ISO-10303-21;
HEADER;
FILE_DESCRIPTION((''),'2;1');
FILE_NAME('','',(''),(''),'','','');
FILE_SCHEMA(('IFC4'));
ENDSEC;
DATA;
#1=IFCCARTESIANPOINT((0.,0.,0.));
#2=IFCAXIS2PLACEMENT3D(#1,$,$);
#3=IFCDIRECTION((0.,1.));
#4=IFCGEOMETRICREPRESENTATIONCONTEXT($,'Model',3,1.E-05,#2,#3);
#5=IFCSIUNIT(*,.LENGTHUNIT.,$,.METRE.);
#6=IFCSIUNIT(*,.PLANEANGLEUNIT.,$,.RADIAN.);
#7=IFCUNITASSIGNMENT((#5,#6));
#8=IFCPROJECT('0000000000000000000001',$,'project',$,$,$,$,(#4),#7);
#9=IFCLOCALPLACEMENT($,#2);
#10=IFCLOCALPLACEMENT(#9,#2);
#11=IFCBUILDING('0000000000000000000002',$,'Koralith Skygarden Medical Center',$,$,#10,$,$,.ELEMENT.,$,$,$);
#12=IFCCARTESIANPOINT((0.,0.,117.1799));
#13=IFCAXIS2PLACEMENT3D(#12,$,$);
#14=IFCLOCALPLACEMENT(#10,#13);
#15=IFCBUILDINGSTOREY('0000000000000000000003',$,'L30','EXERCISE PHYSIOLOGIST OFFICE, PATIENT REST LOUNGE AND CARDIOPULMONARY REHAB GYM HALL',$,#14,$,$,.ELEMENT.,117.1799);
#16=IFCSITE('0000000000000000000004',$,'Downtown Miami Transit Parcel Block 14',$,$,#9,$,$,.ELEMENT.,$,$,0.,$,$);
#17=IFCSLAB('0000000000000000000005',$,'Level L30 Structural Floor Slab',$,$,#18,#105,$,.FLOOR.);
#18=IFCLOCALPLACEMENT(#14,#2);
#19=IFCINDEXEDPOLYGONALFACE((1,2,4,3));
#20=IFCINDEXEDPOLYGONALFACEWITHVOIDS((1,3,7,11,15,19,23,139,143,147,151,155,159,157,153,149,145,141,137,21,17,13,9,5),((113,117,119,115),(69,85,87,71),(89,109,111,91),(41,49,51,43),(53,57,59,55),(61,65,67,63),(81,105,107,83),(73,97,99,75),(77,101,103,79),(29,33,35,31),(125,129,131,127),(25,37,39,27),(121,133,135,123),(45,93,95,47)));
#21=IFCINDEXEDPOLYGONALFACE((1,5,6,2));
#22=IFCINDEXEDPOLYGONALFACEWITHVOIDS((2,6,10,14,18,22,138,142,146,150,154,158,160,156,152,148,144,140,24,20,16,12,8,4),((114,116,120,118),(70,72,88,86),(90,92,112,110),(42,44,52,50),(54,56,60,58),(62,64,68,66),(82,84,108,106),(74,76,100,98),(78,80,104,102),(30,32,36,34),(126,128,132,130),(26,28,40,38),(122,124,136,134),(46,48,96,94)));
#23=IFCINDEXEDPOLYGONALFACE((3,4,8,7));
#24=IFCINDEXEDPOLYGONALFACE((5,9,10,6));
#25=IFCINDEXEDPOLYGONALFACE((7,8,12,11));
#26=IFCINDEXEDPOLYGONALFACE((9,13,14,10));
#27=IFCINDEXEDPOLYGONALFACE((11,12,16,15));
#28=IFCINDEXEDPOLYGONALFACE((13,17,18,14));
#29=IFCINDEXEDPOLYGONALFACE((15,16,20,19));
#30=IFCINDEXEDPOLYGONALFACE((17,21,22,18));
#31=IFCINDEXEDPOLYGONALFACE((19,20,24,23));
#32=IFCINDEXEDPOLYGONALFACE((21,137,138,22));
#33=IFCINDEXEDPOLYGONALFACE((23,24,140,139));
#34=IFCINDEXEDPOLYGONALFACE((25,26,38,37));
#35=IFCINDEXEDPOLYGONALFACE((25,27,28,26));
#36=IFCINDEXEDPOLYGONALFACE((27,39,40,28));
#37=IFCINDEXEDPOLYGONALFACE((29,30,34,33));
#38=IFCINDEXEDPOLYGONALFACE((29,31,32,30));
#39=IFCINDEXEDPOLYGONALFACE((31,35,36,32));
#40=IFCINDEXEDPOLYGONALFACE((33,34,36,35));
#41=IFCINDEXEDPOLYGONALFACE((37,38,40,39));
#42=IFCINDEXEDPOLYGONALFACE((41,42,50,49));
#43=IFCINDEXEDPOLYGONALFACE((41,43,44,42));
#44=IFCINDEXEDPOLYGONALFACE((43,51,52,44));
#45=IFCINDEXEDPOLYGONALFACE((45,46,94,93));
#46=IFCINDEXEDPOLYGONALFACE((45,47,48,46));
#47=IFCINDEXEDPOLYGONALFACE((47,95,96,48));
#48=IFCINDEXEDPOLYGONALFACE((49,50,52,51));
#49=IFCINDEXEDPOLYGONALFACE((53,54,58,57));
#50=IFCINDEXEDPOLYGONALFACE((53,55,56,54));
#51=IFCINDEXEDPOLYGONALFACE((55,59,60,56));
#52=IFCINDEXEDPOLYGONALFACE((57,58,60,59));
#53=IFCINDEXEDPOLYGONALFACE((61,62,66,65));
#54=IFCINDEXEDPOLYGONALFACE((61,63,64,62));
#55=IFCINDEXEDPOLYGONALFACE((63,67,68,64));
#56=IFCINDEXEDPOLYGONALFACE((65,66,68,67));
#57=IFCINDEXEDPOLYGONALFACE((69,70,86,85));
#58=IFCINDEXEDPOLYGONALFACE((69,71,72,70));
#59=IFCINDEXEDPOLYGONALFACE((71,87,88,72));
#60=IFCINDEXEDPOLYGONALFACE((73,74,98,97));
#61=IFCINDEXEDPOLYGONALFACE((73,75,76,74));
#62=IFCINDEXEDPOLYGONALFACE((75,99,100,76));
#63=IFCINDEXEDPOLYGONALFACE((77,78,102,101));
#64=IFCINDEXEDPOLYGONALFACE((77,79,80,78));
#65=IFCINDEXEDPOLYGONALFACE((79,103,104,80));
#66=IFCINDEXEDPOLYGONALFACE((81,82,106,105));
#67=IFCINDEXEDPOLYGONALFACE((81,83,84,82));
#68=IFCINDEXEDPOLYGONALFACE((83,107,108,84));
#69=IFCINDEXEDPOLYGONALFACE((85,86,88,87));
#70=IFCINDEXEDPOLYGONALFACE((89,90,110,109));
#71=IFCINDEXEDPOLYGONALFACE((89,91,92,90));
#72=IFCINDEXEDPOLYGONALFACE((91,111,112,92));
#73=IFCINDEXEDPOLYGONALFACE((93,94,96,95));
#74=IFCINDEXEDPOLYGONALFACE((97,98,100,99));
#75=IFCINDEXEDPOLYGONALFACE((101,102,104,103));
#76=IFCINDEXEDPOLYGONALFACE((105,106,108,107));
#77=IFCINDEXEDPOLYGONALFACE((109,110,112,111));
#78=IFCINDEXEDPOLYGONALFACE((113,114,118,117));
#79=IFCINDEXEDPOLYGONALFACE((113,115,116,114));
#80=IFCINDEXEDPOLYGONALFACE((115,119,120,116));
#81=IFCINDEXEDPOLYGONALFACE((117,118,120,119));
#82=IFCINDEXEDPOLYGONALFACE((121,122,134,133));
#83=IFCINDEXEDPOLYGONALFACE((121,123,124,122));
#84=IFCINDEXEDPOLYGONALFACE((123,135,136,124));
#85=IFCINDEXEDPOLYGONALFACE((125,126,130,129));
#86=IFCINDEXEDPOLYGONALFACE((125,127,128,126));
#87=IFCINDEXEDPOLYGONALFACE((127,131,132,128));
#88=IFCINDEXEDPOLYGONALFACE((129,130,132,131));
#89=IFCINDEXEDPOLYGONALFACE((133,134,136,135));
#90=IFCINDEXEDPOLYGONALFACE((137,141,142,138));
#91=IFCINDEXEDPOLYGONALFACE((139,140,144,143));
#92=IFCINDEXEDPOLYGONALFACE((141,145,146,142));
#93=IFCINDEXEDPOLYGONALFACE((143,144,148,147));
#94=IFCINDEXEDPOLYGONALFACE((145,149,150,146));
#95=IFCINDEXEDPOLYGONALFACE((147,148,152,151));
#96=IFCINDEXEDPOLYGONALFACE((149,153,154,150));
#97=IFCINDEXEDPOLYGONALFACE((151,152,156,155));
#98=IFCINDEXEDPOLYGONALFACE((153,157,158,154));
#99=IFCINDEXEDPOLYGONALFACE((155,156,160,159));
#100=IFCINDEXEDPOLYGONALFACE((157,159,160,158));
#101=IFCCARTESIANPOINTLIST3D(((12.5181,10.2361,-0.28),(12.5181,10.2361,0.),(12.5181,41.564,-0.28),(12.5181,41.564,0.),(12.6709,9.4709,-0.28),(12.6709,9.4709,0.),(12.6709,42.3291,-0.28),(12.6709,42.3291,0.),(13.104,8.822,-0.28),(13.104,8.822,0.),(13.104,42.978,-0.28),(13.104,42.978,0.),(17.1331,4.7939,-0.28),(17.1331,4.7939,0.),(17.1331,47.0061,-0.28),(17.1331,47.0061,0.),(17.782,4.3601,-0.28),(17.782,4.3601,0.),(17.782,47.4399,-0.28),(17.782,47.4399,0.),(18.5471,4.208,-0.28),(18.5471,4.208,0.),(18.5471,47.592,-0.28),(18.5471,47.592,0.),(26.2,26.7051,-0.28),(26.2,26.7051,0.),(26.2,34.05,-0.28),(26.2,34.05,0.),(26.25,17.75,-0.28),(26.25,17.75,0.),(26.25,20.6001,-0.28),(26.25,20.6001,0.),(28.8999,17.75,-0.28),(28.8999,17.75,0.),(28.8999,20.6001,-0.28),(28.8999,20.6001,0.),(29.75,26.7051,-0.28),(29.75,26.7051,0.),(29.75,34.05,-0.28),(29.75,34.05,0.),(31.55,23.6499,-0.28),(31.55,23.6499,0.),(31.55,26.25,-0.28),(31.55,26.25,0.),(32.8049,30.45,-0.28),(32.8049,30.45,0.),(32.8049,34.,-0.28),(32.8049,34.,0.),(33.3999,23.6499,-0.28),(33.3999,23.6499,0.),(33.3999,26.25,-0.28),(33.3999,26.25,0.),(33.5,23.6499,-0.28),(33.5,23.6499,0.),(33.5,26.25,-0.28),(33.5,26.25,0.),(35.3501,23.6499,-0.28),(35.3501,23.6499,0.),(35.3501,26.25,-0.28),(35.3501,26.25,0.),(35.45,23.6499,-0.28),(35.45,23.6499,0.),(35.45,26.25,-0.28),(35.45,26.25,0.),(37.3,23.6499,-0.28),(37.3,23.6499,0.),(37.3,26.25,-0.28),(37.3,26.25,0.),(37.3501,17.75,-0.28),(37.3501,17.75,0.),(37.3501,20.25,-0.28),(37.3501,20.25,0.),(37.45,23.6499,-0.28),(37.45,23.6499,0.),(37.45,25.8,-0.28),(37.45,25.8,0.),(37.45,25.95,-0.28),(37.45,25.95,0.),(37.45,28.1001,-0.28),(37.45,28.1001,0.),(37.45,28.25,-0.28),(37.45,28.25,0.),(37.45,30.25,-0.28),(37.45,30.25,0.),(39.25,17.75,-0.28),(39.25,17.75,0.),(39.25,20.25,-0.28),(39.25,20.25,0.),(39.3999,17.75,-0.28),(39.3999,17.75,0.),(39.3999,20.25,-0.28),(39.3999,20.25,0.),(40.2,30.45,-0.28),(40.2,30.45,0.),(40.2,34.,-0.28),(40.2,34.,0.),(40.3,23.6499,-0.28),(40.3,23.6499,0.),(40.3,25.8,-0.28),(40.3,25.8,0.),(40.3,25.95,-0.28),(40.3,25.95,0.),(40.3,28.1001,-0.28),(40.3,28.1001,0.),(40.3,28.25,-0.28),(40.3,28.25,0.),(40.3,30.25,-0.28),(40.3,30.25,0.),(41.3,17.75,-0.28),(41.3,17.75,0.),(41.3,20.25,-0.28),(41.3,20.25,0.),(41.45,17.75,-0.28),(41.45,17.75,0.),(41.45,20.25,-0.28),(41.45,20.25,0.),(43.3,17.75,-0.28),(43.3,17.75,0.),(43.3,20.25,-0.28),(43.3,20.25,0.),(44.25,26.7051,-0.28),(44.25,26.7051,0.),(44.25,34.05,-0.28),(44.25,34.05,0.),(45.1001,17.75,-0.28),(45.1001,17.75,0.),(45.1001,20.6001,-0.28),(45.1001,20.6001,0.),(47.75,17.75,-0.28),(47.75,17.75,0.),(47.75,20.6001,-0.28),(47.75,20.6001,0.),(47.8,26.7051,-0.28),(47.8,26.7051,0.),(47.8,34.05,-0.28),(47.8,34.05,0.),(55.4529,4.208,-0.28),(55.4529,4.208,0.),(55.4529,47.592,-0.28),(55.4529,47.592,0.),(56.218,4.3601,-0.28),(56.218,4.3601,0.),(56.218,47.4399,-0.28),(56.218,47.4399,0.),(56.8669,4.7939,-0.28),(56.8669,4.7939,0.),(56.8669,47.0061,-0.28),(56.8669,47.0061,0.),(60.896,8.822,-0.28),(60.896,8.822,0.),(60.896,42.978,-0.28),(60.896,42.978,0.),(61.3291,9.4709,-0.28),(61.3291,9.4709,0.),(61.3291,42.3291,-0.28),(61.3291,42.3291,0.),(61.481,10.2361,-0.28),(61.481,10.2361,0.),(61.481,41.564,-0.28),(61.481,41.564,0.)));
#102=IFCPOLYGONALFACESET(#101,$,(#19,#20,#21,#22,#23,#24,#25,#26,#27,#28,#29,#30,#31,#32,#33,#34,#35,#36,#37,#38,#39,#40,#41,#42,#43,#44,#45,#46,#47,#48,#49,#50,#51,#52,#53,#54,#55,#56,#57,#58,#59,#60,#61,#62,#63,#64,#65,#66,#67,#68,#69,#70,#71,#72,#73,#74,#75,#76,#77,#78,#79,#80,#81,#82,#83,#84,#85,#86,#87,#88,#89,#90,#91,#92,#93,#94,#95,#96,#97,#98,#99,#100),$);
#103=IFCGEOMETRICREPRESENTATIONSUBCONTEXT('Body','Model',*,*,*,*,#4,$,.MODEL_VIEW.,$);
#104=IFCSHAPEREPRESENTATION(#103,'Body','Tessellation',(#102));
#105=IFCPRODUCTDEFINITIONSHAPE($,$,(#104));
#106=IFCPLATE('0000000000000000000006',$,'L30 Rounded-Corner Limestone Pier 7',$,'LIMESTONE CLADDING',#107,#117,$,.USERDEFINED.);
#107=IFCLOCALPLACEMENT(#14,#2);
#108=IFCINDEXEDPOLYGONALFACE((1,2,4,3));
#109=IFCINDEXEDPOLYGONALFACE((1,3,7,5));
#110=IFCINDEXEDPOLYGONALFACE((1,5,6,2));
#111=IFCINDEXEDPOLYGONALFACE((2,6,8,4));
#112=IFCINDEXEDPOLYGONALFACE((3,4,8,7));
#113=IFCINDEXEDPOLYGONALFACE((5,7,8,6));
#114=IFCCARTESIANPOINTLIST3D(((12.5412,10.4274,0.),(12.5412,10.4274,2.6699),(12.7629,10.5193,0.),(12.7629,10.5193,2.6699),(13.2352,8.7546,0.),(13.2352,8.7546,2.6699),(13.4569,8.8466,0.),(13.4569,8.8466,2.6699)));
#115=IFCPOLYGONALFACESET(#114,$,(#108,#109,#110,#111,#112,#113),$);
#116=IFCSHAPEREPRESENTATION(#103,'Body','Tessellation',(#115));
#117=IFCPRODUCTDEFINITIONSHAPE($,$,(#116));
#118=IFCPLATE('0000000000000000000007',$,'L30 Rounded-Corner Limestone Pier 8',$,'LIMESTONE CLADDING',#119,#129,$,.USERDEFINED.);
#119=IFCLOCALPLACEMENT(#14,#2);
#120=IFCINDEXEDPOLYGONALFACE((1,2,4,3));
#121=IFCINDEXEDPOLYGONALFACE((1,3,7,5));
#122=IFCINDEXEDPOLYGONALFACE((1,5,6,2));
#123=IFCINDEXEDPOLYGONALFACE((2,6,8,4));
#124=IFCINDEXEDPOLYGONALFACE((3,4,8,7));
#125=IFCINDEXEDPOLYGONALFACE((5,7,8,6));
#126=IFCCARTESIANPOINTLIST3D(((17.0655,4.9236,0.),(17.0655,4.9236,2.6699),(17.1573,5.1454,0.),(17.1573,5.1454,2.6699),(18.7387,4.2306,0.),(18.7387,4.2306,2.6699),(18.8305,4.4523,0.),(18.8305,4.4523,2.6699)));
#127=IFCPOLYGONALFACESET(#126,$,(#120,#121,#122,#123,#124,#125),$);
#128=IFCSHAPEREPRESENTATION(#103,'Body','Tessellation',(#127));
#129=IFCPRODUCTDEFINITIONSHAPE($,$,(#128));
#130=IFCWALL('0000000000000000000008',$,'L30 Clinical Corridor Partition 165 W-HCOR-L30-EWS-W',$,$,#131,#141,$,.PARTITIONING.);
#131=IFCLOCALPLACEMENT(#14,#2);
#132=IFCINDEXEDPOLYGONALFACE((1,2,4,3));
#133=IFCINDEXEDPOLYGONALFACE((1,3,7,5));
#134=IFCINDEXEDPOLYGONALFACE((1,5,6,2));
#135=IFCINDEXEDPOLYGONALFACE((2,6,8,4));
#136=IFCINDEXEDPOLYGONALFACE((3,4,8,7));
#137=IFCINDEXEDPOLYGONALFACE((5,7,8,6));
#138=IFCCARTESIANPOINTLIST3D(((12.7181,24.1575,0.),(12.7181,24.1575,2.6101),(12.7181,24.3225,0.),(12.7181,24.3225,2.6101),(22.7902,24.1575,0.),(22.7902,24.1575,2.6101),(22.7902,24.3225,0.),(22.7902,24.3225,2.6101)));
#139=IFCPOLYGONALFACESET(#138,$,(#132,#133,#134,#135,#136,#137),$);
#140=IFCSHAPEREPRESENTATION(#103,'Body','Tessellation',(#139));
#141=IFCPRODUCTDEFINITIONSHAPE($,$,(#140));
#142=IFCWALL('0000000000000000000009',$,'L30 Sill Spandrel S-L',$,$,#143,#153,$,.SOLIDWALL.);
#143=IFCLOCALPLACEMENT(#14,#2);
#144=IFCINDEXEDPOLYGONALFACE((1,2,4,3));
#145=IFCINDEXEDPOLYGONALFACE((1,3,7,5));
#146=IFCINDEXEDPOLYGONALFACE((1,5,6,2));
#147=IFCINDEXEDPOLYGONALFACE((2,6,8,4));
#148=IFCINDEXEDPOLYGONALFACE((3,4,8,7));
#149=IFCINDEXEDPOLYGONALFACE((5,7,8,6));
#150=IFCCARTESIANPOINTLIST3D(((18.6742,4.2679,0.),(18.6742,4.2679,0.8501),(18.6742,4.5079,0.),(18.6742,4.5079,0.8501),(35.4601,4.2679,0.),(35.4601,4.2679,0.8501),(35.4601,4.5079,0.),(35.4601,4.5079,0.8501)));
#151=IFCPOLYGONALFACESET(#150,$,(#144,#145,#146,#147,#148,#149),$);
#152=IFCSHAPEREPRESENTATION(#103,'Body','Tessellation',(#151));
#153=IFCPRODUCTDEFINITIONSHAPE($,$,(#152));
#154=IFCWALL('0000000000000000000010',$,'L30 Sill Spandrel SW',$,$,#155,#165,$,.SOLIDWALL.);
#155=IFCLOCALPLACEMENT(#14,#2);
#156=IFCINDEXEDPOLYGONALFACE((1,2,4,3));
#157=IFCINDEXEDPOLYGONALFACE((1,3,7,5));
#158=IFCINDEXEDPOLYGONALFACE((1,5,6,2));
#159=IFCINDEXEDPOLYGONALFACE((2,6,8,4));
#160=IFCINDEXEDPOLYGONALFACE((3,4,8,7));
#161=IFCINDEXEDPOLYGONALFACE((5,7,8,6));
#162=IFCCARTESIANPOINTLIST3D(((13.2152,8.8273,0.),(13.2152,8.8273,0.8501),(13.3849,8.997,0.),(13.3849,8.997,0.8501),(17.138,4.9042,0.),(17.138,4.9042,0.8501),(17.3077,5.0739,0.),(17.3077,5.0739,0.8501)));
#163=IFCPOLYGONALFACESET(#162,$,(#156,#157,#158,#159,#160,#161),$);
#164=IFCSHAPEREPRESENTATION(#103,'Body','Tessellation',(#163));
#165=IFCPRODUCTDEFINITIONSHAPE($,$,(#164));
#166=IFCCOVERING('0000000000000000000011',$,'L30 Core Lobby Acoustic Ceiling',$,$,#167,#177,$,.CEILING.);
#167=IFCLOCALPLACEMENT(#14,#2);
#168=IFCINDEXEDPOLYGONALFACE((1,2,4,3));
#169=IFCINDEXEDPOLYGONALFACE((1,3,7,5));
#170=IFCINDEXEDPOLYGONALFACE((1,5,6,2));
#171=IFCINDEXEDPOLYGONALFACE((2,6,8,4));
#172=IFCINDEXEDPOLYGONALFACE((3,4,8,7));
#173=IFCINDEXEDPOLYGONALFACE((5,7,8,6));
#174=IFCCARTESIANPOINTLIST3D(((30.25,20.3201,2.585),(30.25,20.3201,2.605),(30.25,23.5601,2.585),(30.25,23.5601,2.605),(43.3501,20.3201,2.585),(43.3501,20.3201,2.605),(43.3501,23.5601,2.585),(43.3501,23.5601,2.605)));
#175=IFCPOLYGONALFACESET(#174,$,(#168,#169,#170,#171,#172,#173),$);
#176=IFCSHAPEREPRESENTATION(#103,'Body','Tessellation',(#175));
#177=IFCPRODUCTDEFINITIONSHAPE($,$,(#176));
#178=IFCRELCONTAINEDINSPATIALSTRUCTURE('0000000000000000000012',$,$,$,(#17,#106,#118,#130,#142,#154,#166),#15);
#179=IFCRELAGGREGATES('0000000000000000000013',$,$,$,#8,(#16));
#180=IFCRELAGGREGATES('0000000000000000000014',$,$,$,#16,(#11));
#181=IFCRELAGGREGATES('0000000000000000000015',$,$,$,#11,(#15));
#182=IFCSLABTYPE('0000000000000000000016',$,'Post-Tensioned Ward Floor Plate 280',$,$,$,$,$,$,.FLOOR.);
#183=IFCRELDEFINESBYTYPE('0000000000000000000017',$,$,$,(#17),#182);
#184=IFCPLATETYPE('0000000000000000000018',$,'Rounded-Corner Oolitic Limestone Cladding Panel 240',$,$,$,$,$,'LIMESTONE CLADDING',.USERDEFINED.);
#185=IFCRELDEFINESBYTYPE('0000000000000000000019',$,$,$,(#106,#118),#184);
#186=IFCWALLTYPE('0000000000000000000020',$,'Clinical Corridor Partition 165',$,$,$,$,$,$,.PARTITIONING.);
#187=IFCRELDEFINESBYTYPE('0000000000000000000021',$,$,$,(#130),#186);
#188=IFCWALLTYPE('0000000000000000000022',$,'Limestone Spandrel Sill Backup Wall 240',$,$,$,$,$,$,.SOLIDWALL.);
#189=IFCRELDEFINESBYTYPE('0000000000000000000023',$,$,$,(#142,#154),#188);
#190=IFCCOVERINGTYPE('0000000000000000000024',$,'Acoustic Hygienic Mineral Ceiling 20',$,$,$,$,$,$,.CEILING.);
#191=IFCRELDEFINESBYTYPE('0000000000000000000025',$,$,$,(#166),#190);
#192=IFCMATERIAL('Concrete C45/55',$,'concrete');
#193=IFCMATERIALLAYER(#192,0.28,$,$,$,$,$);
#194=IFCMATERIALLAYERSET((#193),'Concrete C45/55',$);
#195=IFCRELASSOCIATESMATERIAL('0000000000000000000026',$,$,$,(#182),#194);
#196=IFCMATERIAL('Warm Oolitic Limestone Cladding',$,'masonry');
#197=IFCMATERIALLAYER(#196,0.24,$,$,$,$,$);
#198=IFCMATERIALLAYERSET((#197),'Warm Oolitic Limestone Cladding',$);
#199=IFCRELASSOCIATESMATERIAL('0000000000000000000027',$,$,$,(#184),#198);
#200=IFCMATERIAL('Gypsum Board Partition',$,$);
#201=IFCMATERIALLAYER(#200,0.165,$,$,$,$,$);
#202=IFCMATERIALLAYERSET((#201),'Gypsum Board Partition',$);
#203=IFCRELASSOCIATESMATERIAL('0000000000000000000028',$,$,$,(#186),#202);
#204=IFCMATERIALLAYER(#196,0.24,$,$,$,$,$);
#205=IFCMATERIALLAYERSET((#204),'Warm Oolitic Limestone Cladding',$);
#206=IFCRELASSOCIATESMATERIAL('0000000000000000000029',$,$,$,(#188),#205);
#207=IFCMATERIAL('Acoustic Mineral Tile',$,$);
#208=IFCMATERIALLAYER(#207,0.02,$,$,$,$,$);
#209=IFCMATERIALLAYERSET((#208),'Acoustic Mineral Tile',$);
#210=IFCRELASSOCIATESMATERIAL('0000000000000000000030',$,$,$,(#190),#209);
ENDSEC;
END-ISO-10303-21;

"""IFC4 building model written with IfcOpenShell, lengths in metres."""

from ifc_helpers import new_model, si_unit, direction, frame, frame_2d, origin, origin_2d, place, context, subcontext, project, spatial, polyline, rectangle, outline, extrude, material, layer, layer_set, type_object, element, save


model = new_model("IFC4")

# Units and contexts
model_context = context("Model", 3, precision=1e-05, world=origin(), true_north=direction((0.0, 1.0)))
body_context = subcontext(model_context, "Body", "Model", "MODEL_VIEW")
ifc_project = project(units=[si_unit("LENGTHUNIT", "METRE"), si_unit("PLANEANGLEUNIT", "RADIAN")], contexts=[model_context])

# Site, building, storey
site_placement = place(None, origin())
site = spatial("IfcSite", under=ifc_project, at=site_placement, Name="Downtown Miami Transit Parcel Block 14", CompositionType="ELEMENT", RefElevation=0.0)
building_placement = place(site_placement, origin())
building = spatial("IfcBuilding", under=site, at=building_placement, Name="Koralith Skygarden Medical Center", CompositionType="ELEMENT")
storey_placement = place(building_placement, frame((0.0, 0.0, 117.1799)))
storey = spatial("IfcBuildingStorey", under=building, at=storey_placement, Name="L30", Description="EXERCISE PHYSIOLOGIST OFFICE, PATIENT REST LOUNGE AND CARDIOPULMONARY REHAB GYM HALL", CompositionType="ELEMENT", Elevation=117.1799)

# Shared definitions
ifc_material_1 = material(Name="Concrete C45/55", Category="concrete")

# Slab
ifc_layer_1 = layer(ifc_material_1, 0.28)
ifc_layer_set_1 = layer_set([ifc_layer_1], Name="Concrete C45/55")
slab_type_1 = type_object("IfcSlabType", Name="Post-Tensioned Ward Floor Plate 280", PredefinedType="FLOOR", material=ifc_layer_set_1)
slab_1_placement = place(storey_placement, frame((0.0, 0.0, -0.28)))
element("IfcSlab", 1, at=slab_1_placement, inside=storey, type_object=slab_type_1, Name="Level L30 Structural Floor Slab", PredefinedType="FLOOR", context=body_context, shape_type="SweptSolid", body=[
    extrude(outline(polyline([(17.1331, 4.7939), (17.782, 4.3601), (18.5471, 4.208), (55.4529, 4.208), (56.218, 4.3601), (56.8669, 4.7939), (60.896, 8.822), (61.3291, 9.4709), (61.481, 10.2361), (61.481, 41.564), (61.3291, 42.3291), (60.896, 42.978), (56.8669, 47.0061), (56.218, 47.4399), (55.4529, 47.592), (18.5471, 47.592), (17.782, 47.4399), (17.1331, 47.0061), (13.104, 42.978), (12.6709, 42.3291), (12.5181, 41.564), (12.5181, 10.2361), (12.6709, 9.4709), (13.104, 8.822), (17.1331, 4.7939)]), holes=[polyline([(26.2, 26.7051), (29.75, 26.7051), (29.75, 34.05), (26.2, 34.05), (26.2, 26.7051)]), polyline([(44.25, 26.7051), (47.8, 26.7051), (47.8, 34.05), (44.25, 34.05), (44.25, 26.7051)]), polyline([(32.8049, 30.45), (40.2, 30.45), (40.2, 34.0), (32.8049, 34.0), (32.8049, 30.45)]), polyline([(26.25, 17.75), (28.8999, 17.75), (28.8999, 20.6001), (26.25, 20.6001), (26.25, 17.75)]), polyline([(45.1001, 17.75), (47.75, 17.75), (47.75, 20.6001), (45.1001, 20.6001), (45.1001, 17.75)]), polyline([(37.3501, 17.75), (39.25, 17.75), (39.25, 20.25), (37.3501, 20.25), (37.3501, 17.75)]), polyline([(39.3999, 17.75), (41.3, 17.75), (41.3, 20.25), (39.3999, 20.25), (39.3999, 17.75)]), polyline([(41.45, 17.75), (43.3, 17.75), (43.3, 20.25), (41.45, 20.25), (41.45, 17.75)]), polyline([(31.55, 23.6499), (33.3999, 23.6499), (33.3999, 26.25), (31.55, 26.25), (31.55, 23.6499)]), polyline([(33.5, 23.6499), (35.3501, 23.6499), (35.3501, 26.25), (33.5, 26.25), (33.5, 23.6499)]), polyline([(35.45, 23.6499), (37.3, 23.6499), (37.3, 26.25), (35.45, 26.25), (35.45, 23.6499)]), polyline([(37.45, 23.6499), (40.3, 23.6499), (40.3, 25.8), (37.45, 25.8), (37.45, 23.6499)]), polyline([(37.45, 25.95), (40.3, 25.95), (40.3, 28.1001), (37.45, 28.1001), (37.45, 25.95)]), polyline([(37.45, 28.25), (40.3, 28.25), (40.3, 30.25), (37.45, 30.25), (37.45, 28.25)])]), origin(), (0.0, 0.0, 1.0), 0.28),
])

# Plates
ifc_material_2 = material(Name="Warm Oolitic Limestone Cladding", Category="masonry")
ifc_layer_2 = layer(ifc_material_2, 0.24)
ifc_layer_set_2 = layer_set([ifc_layer_2], Name="Warm Oolitic Limestone Cladding")
plate_type_1 = type_object("IfcPlateType", Name="Rounded-Corner Oolitic Limestone Cladding Panel 240", ElementType="LIMESTONE CLADDING", PredefinedType="USERDEFINED", material=ifc_layer_set_2)
for number, where, z_axis, x_axis, name in (
    (2, (12.999, 9.637, 0.0), (0.0, 0.0, 1.0), (0.383214, -0.92366, 0.0), "L30 Rounded-Corner Limestone Pier 7"),
    (3, (17.948, 4.688, 0.0), (0.0, 0.0, 1.0), (0.923885, -0.382671, 0.0), "L30 Rounded-Corner Limestone Pier 8"),
):
    element("IfcPlate", number, at=place(storey_placement, frame(where, z_axis=z_axis, x_axis=x_axis)), inside=storey, type_object=plate_type_1, Name=name, ObjectType="LIMESTONE CLADDING", PredefinedType="USERDEFINED", context=body_context, shape_type="SweptSolid", body=[
        extrude(rectangle(XDim=1.811, YDim=0.24, at=origin_2d()), origin(), (0.0, 0.0, 1.0), 2.6699),
    ])

# Wall
ifc_material_3 = material(Name="Gypsum Board Partition")
ifc_layer_3 = layer(ifc_material_3, 0.165)
ifc_layer_set_3 = layer_set([ifc_layer_3], Name="Gypsum Board Partition")
wall_type_1 = type_object("IfcWallType", Name="Clinical Corridor Partition 165", PredefinedType="PARTITIONING", material=ifc_layer_set_3)
wall_1_placement = place(storey_placement, frame((12.718, 24.24, 0.0), z_axis=(0.0, 0.0, 1.0), x_axis=(1.0, 0.0, 0.0)))
element("IfcWall", 4, at=wall_1_placement, inside=storey, type_object=wall_type_1, Name="L30 Clinical Corridor Partition 165 W-HCOR-L30-EWS-W", PredefinedType="PARTITIONING", context=body_context, shape_type="SweptSolid", body=[
    extrude(rectangle(XDim=10.072, YDim=0.165, at=frame_2d((5.0361, 0.0))), origin(), (0.0, 0.0, 1.0), 2.6101),
])

# Walls
ifc_layer_4 = layer(ifc_material_2, 0.24)
ifc_layer_set_4 = layer_set([ifc_layer_4], Name="Warm Oolitic Limestone Cladding")
wall_type_2 = type_object("IfcWallType", Name="Limestone Spandrel Sill Backup Wall 240", PredefinedType="SOLIDWALL", material=ifc_layer_set_4)
wall_2_placement = place(storey_placement, frame((18.6741, 4.3879, 0.0), z_axis=(0.0, 0.0, 1.0), x_axis=(1.0, 0.0, 0.0)))
element("IfcWall", 5, at=wall_2_placement, inside=storey, type_object=wall_type_2, Name="L30 Sill Spandrel S-L", PredefinedType="SOLIDWALL", context=body_context, shape_type="SweptSolid", body=[
    extrude(rectangle(XDim=16.7859, YDim=0.24, at=frame_2d((8.3931, 0.0))), origin(), (0.0, 0.0, 1.0), 0.8501),
])
wall_3_placement = place(storey_placement, frame((13.3, 8.9121, 0.0), z_axis=(0.0, 0.0, 1.0), x_axis=(0.707085, -0.707129, 0.0)))
element("IfcWall", 6, at=wall_3_placement, inside=storey, type_object=wall_type_2, Name="L30 Sill Spandrel SW", PredefinedType="SOLIDWALL", context=body_context, shape_type="SweptSolid", body=[
    extrude(rectangle(XDim=5.5479, YDim=0.24, at=frame_2d((2.7739, 0.0))), origin(), (0.0, 0.0, 1.0), 0.8501),
])

# Covering
ifc_material_4 = material(Name="Acoustic Mineral Tile")
ifc_layer_5 = layer(ifc_material_4, 0.02)
ifc_layer_set_5 = layer_set([ifc_layer_5], Name="Acoustic Mineral Tile")
covering_type_1 = type_object("IfcCoveringType", Name="Acoustic Hygienic Mineral Ceiling 20", PredefinedType="CEILING", material=ifc_layer_set_5)
covering_1_placement = place(storey_placement, frame((0.0, 0.0, 2.585)))
element("IfcCovering", 7, at=covering_1_placement, inside=storey, type_object=covering_type_1, Name="L30 Core Lobby Acoustic Ceiling", PredefinedType="CEILING", context=body_context, shape_type="SweptSolid", body=[
    extrude(outline(polyline([(30.25, 20.3201), (43.3501, 20.3201), (43.3501, 23.5601), (30.25, 23.5601), (30.25, 20.3201)])), origin(), (0.0, 0.0, 1.0), 0.02),
])

save(model, "model.ifc")
